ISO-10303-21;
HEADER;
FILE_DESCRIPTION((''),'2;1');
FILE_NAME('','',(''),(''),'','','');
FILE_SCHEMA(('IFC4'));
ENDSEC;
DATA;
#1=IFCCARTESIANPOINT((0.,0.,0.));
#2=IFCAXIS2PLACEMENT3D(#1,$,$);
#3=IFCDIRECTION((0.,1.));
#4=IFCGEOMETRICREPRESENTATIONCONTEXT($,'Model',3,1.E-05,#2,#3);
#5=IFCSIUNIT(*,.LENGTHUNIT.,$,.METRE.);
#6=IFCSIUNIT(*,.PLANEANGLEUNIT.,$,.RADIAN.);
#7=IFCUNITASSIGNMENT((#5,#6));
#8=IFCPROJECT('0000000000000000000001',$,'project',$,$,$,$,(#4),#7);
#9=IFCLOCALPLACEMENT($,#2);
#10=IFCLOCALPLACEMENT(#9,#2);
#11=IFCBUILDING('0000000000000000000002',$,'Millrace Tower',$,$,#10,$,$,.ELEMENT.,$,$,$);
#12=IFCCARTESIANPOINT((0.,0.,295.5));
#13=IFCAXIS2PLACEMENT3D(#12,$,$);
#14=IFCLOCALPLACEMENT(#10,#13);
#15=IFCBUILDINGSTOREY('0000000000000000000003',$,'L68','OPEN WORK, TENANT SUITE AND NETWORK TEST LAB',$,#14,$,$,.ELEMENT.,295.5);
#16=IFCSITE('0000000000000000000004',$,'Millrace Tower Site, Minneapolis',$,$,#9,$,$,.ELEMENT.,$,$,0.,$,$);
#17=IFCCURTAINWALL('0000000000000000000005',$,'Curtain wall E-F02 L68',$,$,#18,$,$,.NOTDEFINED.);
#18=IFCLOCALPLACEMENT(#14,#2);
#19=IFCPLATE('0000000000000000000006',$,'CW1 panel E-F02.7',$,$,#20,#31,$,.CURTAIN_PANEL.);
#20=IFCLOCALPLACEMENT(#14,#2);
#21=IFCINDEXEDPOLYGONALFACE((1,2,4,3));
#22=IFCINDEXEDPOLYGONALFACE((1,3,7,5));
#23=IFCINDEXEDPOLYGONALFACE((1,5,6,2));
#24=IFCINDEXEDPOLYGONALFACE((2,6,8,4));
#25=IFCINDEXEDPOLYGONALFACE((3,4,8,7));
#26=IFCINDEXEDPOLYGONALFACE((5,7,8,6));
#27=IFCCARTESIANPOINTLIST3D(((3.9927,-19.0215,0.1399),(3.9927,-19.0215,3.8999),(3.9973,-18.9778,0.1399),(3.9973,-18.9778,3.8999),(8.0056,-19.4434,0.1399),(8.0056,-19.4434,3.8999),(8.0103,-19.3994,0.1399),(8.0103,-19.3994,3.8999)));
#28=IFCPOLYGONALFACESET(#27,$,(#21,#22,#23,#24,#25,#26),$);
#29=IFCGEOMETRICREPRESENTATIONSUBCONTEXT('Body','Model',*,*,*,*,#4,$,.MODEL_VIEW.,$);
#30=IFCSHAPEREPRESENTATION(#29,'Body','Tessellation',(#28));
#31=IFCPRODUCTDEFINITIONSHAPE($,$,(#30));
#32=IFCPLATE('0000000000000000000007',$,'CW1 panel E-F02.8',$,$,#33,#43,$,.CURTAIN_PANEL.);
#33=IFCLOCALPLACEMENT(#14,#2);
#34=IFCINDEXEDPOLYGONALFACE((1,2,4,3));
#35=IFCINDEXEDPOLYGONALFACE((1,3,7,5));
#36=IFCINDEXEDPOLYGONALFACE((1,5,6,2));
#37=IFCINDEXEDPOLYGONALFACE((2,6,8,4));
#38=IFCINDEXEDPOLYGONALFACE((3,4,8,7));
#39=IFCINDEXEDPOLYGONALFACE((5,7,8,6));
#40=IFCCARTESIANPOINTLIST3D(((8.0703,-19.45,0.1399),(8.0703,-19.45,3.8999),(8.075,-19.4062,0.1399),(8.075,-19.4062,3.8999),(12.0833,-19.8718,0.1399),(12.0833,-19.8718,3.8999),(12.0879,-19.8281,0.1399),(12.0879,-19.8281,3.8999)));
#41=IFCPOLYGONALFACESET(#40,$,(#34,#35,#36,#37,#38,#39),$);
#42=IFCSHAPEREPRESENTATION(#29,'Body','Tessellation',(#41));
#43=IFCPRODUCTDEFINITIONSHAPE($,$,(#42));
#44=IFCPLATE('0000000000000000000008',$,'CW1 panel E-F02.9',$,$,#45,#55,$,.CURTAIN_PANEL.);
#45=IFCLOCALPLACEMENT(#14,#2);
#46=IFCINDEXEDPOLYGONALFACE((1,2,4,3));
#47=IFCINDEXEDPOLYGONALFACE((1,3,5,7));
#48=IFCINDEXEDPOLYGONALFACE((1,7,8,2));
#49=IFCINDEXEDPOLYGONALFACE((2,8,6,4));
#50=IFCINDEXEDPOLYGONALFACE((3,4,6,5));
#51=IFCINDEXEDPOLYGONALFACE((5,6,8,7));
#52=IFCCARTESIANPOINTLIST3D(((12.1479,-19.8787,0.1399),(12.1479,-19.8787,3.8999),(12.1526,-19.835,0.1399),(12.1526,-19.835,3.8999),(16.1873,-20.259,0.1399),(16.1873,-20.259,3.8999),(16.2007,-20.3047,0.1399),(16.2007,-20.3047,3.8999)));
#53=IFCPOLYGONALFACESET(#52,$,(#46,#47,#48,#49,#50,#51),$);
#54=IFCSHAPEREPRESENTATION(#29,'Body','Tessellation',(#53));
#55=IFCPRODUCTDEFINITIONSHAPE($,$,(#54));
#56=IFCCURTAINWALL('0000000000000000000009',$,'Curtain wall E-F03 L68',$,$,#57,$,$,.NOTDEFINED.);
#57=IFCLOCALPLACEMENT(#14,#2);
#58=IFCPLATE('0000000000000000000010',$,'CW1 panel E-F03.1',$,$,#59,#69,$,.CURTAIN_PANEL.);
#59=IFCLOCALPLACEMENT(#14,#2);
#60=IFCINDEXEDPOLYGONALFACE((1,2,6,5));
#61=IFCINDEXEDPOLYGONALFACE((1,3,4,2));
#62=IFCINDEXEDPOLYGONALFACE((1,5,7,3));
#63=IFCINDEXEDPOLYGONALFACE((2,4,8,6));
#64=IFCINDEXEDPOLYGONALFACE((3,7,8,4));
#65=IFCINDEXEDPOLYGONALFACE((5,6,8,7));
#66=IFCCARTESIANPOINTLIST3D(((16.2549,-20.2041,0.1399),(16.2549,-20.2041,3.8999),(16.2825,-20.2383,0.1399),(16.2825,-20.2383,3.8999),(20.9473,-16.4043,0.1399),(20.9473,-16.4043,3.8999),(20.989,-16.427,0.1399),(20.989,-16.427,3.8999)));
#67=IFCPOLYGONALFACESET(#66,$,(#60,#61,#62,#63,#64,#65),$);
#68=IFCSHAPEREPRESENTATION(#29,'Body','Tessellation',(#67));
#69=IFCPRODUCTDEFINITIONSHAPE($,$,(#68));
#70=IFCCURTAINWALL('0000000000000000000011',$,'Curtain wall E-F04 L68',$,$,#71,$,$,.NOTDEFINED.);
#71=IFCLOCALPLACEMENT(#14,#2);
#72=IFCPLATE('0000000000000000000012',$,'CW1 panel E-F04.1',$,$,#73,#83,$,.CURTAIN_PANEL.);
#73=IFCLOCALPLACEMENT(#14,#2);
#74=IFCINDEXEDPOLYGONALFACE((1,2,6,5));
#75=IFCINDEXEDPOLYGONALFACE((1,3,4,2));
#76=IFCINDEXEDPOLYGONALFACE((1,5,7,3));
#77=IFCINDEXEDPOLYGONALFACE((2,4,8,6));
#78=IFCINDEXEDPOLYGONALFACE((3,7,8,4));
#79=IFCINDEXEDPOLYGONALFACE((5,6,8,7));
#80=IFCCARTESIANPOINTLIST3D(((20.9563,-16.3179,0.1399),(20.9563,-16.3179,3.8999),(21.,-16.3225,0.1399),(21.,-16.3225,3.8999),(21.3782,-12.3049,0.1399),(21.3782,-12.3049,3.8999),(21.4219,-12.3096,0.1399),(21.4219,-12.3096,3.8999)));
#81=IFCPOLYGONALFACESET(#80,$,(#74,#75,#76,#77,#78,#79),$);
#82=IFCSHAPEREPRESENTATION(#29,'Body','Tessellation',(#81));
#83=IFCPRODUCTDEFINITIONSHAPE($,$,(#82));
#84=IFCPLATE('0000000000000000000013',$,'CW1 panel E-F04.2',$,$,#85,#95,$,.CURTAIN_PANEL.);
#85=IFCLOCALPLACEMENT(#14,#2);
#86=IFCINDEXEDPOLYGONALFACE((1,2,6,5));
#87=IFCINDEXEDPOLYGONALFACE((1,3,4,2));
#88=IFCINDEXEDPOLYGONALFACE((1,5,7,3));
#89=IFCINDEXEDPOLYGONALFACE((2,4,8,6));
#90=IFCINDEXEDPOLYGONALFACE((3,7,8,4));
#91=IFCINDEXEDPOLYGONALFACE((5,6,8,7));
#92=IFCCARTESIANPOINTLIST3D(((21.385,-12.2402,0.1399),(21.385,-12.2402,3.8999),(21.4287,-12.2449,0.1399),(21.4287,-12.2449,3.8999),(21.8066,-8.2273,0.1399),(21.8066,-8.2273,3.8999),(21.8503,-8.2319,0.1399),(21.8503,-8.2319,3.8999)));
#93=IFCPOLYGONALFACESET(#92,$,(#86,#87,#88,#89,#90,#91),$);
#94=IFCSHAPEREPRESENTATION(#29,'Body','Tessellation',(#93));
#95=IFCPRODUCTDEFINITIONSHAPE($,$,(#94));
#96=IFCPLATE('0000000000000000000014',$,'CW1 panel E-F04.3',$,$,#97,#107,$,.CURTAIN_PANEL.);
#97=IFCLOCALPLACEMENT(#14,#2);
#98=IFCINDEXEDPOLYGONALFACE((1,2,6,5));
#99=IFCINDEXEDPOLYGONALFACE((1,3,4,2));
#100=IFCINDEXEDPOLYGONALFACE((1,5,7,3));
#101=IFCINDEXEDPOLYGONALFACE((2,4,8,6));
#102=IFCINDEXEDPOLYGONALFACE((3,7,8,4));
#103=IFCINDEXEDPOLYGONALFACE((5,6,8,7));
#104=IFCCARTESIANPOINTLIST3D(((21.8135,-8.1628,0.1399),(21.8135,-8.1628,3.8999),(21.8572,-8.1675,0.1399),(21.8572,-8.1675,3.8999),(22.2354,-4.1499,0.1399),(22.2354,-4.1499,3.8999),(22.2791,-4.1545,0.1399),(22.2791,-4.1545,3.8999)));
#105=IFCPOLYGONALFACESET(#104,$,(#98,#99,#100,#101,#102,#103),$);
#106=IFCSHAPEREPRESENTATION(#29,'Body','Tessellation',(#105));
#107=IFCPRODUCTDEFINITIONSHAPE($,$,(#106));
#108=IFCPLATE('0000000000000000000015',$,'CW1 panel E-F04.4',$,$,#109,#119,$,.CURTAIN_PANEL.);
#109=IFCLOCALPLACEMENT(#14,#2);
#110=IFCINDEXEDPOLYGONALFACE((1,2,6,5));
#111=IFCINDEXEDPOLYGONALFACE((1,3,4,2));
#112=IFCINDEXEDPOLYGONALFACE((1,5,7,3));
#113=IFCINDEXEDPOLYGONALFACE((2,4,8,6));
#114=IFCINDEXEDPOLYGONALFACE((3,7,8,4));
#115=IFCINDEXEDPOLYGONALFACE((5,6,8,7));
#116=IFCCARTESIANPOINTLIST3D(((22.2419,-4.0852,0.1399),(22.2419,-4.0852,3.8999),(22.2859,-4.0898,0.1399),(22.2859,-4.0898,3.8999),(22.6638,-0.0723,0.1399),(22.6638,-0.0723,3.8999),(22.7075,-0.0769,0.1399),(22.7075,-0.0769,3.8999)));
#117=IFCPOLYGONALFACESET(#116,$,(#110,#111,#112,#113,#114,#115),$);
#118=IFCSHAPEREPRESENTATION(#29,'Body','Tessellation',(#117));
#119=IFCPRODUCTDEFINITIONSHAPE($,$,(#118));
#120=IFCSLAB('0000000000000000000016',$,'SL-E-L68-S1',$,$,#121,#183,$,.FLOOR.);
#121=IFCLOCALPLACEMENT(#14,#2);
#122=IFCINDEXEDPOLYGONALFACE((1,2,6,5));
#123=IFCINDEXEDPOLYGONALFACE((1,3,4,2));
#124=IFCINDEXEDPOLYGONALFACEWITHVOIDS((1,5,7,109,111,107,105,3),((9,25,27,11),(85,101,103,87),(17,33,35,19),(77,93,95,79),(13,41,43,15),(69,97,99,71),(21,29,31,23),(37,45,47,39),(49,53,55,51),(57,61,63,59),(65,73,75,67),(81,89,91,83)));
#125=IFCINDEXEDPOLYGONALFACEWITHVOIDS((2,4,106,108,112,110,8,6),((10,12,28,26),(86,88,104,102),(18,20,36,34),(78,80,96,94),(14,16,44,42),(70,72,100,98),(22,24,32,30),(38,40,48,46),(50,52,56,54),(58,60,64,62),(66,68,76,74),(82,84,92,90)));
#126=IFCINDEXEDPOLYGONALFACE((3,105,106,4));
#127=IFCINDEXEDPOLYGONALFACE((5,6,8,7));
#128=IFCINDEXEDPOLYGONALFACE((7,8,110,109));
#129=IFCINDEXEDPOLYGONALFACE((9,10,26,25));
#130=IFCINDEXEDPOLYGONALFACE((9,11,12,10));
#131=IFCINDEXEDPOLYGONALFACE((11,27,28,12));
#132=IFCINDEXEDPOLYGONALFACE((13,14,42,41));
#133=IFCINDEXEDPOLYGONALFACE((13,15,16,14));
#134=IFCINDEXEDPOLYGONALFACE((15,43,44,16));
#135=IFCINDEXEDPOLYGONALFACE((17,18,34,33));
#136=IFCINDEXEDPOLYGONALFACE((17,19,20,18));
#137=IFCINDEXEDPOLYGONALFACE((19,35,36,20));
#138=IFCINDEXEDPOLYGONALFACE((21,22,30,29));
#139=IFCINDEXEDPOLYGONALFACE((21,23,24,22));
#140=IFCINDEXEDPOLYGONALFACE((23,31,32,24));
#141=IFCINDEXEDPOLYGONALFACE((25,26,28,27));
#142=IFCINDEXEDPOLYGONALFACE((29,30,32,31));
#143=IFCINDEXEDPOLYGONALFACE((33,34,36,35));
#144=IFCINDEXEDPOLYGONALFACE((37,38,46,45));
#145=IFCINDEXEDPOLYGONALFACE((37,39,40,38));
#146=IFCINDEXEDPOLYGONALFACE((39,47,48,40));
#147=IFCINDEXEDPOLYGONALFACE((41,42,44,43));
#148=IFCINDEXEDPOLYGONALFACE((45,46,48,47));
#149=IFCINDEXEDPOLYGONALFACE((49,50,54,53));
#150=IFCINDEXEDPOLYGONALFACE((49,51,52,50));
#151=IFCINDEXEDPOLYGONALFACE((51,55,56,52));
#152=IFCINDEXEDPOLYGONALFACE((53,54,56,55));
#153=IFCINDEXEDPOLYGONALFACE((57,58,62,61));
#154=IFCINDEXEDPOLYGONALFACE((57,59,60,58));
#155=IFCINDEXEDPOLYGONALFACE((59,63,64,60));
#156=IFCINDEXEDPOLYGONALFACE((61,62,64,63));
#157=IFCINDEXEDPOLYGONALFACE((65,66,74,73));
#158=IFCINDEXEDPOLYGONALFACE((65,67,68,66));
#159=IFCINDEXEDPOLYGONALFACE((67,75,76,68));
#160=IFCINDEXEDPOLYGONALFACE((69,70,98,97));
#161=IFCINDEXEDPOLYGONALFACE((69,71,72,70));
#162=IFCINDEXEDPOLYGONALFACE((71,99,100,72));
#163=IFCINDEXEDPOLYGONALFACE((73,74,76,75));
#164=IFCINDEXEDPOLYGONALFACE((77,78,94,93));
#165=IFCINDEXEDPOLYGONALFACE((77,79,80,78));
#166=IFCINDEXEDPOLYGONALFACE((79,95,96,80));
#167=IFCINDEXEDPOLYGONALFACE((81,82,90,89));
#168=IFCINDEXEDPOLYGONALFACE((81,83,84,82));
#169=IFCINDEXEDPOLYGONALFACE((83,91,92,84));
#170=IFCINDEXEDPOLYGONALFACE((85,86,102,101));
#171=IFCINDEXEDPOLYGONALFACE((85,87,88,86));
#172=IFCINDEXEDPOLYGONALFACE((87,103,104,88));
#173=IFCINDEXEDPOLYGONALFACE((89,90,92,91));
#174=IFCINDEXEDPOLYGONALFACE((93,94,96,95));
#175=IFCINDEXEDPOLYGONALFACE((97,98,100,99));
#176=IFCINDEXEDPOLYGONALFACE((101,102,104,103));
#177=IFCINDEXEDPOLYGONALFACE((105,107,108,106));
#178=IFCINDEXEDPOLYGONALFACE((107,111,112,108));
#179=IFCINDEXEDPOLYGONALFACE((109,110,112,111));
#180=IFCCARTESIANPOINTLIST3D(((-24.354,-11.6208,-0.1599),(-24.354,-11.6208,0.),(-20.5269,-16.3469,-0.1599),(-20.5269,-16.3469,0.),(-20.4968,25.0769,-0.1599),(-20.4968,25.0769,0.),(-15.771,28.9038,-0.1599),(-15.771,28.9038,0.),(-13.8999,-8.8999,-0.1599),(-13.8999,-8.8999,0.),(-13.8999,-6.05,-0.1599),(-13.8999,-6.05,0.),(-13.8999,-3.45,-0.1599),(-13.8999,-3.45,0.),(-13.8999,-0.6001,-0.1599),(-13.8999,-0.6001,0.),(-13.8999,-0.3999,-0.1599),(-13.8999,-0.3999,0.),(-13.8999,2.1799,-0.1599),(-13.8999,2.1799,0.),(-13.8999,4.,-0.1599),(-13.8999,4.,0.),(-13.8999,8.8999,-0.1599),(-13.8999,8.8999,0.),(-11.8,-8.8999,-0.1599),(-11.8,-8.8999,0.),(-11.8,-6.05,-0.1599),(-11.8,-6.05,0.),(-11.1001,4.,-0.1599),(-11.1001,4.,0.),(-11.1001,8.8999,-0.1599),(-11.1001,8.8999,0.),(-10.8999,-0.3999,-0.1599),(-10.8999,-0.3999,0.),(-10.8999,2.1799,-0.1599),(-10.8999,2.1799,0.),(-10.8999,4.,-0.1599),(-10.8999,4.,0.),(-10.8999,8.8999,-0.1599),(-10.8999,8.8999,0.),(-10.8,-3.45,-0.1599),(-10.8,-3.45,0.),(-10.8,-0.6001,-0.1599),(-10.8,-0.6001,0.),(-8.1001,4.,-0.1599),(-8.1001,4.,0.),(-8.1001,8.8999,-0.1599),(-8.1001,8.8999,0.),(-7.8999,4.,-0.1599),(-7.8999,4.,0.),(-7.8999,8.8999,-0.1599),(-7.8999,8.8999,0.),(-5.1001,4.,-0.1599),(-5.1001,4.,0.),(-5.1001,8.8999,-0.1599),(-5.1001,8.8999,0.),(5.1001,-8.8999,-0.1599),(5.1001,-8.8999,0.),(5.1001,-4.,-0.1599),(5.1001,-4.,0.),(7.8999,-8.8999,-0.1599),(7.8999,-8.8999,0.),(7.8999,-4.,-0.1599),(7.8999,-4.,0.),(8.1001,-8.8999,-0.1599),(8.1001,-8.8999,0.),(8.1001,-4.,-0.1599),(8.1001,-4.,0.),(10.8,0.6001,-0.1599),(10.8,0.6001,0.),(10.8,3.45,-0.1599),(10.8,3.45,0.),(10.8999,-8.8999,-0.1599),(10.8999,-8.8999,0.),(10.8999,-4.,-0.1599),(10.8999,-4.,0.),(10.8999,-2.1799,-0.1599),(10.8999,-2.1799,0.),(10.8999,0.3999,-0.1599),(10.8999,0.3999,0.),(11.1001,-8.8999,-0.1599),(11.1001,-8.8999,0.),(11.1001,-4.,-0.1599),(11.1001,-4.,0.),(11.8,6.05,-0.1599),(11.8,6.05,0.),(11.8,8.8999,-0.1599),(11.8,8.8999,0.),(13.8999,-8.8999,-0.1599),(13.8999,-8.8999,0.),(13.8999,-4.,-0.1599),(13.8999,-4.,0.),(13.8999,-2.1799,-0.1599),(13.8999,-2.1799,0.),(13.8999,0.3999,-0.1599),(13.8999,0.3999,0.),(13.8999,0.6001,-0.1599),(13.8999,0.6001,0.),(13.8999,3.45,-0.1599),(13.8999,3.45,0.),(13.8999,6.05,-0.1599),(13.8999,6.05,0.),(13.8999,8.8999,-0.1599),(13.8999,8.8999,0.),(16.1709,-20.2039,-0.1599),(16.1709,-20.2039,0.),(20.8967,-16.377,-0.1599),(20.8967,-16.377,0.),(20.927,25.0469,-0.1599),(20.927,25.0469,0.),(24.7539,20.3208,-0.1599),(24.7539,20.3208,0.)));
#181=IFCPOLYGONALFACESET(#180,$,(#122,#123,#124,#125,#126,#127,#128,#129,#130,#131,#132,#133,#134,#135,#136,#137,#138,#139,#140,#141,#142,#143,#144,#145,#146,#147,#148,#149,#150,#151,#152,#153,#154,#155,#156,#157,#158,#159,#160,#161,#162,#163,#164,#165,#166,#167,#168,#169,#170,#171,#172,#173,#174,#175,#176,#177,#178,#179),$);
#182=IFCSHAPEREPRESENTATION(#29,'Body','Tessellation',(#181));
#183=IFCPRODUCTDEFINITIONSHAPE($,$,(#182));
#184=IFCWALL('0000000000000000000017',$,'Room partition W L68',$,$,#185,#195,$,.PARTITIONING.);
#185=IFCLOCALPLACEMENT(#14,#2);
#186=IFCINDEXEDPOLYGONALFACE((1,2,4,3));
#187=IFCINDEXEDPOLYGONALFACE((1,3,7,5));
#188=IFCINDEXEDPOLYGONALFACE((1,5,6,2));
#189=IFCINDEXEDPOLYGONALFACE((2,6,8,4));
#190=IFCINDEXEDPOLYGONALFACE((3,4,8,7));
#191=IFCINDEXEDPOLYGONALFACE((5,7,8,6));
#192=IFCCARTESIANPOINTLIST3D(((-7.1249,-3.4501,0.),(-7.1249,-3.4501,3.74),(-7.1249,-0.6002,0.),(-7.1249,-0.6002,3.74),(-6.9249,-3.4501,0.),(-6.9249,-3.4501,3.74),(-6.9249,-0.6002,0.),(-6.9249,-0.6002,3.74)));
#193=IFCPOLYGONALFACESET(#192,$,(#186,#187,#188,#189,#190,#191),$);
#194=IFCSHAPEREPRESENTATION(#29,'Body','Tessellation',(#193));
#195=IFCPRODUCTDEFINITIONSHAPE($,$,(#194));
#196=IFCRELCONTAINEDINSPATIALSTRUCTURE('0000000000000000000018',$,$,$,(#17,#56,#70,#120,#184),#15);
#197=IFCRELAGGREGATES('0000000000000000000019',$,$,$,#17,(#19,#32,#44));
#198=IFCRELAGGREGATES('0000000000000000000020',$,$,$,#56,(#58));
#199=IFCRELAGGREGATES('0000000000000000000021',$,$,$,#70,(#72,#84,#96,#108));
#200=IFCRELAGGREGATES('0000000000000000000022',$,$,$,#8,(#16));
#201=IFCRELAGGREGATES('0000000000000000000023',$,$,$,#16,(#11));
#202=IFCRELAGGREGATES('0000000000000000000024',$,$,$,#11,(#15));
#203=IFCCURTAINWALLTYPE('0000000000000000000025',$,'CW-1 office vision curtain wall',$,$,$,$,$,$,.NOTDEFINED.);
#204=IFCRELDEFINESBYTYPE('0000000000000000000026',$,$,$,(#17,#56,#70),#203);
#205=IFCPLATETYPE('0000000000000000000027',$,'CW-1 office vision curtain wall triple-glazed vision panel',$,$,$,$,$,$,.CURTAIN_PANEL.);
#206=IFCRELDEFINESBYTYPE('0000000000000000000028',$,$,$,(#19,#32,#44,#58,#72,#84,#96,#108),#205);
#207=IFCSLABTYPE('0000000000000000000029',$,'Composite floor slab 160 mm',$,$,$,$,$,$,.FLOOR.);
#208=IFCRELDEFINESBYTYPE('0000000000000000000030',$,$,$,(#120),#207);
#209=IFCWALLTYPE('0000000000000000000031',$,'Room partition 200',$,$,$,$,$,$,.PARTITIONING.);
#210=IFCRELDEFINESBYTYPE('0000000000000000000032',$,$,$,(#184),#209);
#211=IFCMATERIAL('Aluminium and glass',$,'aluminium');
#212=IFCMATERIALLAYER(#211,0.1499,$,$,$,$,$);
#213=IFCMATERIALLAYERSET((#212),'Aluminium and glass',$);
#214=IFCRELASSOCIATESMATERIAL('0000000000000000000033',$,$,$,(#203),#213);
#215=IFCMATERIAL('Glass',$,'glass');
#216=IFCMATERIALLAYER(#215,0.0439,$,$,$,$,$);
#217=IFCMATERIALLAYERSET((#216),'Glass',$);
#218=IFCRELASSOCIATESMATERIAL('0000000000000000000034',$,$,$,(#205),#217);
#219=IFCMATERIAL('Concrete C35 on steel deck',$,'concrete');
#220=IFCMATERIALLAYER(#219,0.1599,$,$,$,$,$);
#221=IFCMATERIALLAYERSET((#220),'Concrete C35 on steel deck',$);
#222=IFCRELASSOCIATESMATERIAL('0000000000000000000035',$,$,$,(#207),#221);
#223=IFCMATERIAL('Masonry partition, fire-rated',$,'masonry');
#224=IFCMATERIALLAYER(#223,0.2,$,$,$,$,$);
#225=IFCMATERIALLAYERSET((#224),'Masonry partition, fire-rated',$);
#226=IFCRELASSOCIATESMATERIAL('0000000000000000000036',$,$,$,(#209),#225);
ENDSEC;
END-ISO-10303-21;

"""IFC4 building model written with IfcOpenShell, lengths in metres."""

from ifc_helpers import new_model, si_unit, direction, frame, frame_2d, origin, place, context, subcontext, project, spatial, polyline, rectangle, outline, extrude, material, layer, layer_set, type_object, element, aggregate, save


model = new_model("IFC4")

# Units and contexts
model_context = context("Model", 3, precision=1e-05, world=origin(), true_north=direction((0.0, 1.0)))
body_context = subcontext(model_context, "Body", "Model", "MODEL_VIEW")
ifc_project = project(units=[si_unit("LENGTHUNIT", "METRE"), si_unit("PLANEANGLEUNIT", "RADIAN")], contexts=[model_context])

# Site, building, storey
site_placement = place(None, origin())
site = spatial("IfcSite", under=ifc_project, at=site_placement, Name="Millrace Tower Site, Minneapolis", CompositionType="ELEMENT", RefElevation=0.0)
building_placement = place(site_placement, origin())
building = spatial("IfcBuilding", under=site, at=building_placement, Name="Millrace Tower", CompositionType="ELEMENT")
storey_placement = place(building_placement, frame((0.0, 0.0, 295.5)))
storey = spatial("IfcBuildingStorey", under=building, at=storey_placement, Name="L68", Description="OPEN WORK, TENANT SUITE AND NETWORK TEST LAB", CompositionType="ELEMENT", Elevation=295.5)

# Shared definitions
ifc_material_1 = material(Name="Aluminium and glass", Category="aluminium")
ifc_layer_1 = layer(ifc_material_1, 0.1499)
ifc_layer_set_1 = layer_set([ifc_layer_1], Name="Aluminium and glass")
curtain_wall_type = type_object("IfcCurtainWallType", Name="CW-1 office vision curtain wall", PredefinedType="NOTDEFINED", material=ifc_layer_set_1)
placement_1 = place(storey_placement, origin())
ifc_material_2 = material(Name="Glass", Category="glass")
ifc_layer_2 = layer(ifc_material_2, 0.0439)
ifc_layer_set_2 = layer_set([ifc_layer_2], Name="Glass")
plate_type = type_object("IfcPlateType", Name="CW-1 office vision curtain wall triple-glazed vision panel", PredefinedType="CURTAIN_PANEL", material=ifc_layer_set_2)
placement_2 = place(storey_placement, frame((0.0, 0.0, 0.1399)))

# Curtain wall, plates
curtain_wall_1 = element("IfcCurtainWall", 1, at=placement_1, inside=storey, type_object=curtain_wall_type, Name="Curtain wall E-F02 L68", PredefinedType="NOTDEFINED")
plate_1 = element("IfcPlate", 2, at=placement_2, type_object=plate_type, Name="CW1 panel E-F02.7", PredefinedType="CURTAIN_PANEL", context=body_context, shape_type="SweptSolid", body=[
    extrude(outline(polyline([(3.9927, -19.0215), (8.0056, -19.4434), (8.0103, -19.3994), (3.9973, -18.9778), (3.9927, -19.0215)])), origin(), (0.0, 0.0, 1.0), 3.76),
])
plate_2 = element("IfcPlate", 3, at=placement_2, type_object=plate_type, Name="CW1 panel E-F02.8", PredefinedType="CURTAIN_PANEL", context=body_context, shape_type="SweptSolid", body=[
    extrude(outline(polyline([(8.0703, -19.45), (12.0833, -19.8718), (12.0879, -19.8281), (8.075, -19.4062), (8.0703, -19.45)])), origin(), (0.0, 0.0, 1.0), 3.76),
])
plate_3 = element("IfcPlate", 4, at=placement_2, type_object=plate_type, Name="CW1 panel E-F02.9", PredefinedType="CURTAIN_PANEL", context=body_context, shape_type="SweptSolid", body=[
    extrude(outline(polyline([(12.1479, -19.8787), (16.2007, -20.3047), (16.1873, -20.259), (12.1526, -19.835), (12.1479, -19.8787)])), origin(), (0.0, 0.0, 1.0), 3.76),
])
aggregate(curtain_wall_1, [plate_1, plate_2, plate_3])

# Curtain wall, plate
curtain_wall_2 = element("IfcCurtainWall", 5, at=placement_1, inside=storey, type_object=curtain_wall_type, Name="Curtain wall E-F03 L68", PredefinedType="NOTDEFINED")
plate_4 = element("IfcPlate", 6, at=placement_2, type_object=plate_type, Name="CW1 panel E-F03.1", PredefinedType="CURTAIN_PANEL", context=body_context, shape_type="SweptSolid", body=[
    extrude(outline(polyline([(16.2825, -20.2383), (20.989, -16.427), (20.9473, -16.4043), (16.2549, -20.2041), (16.2825, -20.2383)])), origin(), (0.0, 0.0, 1.0), 3.76),
])
aggregate(curtain_wall_2, [plate_4])

# Curtain wall, plates
curtain_wall_3 = element("IfcCurtainWall", 7, at=placement_1, inside=storey, type_object=curtain_wall_type, Name="Curtain wall E-F04 L68", PredefinedType="NOTDEFINED")
plate_5 = element("IfcPlate", 8, at=placement_2, type_object=plate_type, Name="CW1 panel E-F04.1", PredefinedType="CURTAIN_PANEL", context=body_context, shape_type="SweptSolid", body=[
    extrude(outline(polyline([(21.0, -16.3225), (21.4219, -12.3096), (21.3782, -12.3049), (20.9563, -16.3179), (21.0, -16.3225)])), origin(), (0.0, 0.0, 1.0), 3.76),
])
plate_6 = element("IfcPlate", 9, at=placement_2, type_object=plate_type, Name="CW1 panel E-F04.2", PredefinedType="CURTAIN_PANEL", context=body_context, shape_type="SweptSolid", body=[
    extrude(outline(polyline([(21.4287, -12.2449), (21.8503, -8.2319), (21.8066, -8.2273), (21.385, -12.2402), (21.4287, -12.2449)])), origin(), (0.0, 0.0, 1.0), 3.76),
])
plate_7 = element("IfcPlate", 10, at=placement_2, type_object=plate_type, Name="CW1 panel E-F04.3", PredefinedType="CURTAIN_PANEL", context=body_context, shape_type="SweptSolid", body=[
    extrude(outline(polyline([(21.8572, -8.1675), (22.2791, -4.1545), (22.2354, -4.1499), (21.8135, -8.1628), (21.8572, -8.1675)])), origin(), (0.0, 0.0, 1.0), 3.76),
])
plate_8 = element("IfcPlate", 11, at=placement_2, type_object=plate_type, Name="CW1 panel E-F04.4", PredefinedType="CURTAIN_PANEL", context=body_context, shape_type="SweptSolid", body=[
    extrude(outline(polyline([(22.2859, -4.0898), (22.7075, -0.0769), (22.6638, -0.0723), (22.2419, -4.0852), (22.2859, -4.0898)])), origin(), (0.0, 0.0, 1.0), 3.76),
])
aggregate(curtain_wall_3, [plate_5, plate_6, plate_7, plate_8])

# Slab
ifc_material_3 = material(Name="Concrete C35 on steel deck", Category="concrete")
ifc_layer_3 = layer(ifc_material_3, 0.1599)
ifc_layer_set_3 = layer_set([ifc_layer_3], Name="Concrete C35 on steel deck")
slab_type = type_object("IfcSlabType", Name="Composite floor slab 160 mm", PredefinedType="FLOOR", material=ifc_layer_set_3)
slab_placement = place(storey_placement, frame((0.0, 0.0, -0.1599)))
element("IfcSlab", 12, at=slab_placement, inside=storey, type_object=slab_type, Name="SL-E-L68-S1", PredefinedType="FLOOR", context=body_context, shape_type="SweptSolid", body=[
    extrude(outline(polyline([(-24.354, -11.6208), (-20.5269, -16.3469), (16.1709, -20.2039), (20.8967, -16.377), (24.7539, 20.3208), (20.927, 25.0469), (-15.771, 28.9038), (-20.4968, 25.0769), (-24.354, -11.6208)]), holes=[polyline([(-13.8999, -8.8999), (-11.8, -8.8999), (-11.8, -6.05), (-13.8999, -6.05), (-13.8999, -8.8999)]), polyline([(-13.8999, -3.45), (-10.8, -3.45), (-10.8, -0.6001), (-13.8999, -0.6001), (-13.8999, -3.45)]), polyline([(-13.8999, -0.3999), (-10.8999, -0.3999), (-10.8999, 2.1799), (-13.8999, 2.1799), (-13.8999, -0.3999)]), polyline([(-13.8999, 4.0), (-11.1001, 4.0), (-11.1001, 8.8999), (-13.8999, 8.8999), (-13.8999, 4.0)]), polyline([(-10.8999, 4.0), (-8.1001, 4.0), (-8.1001, 8.8999), (-10.8999, 8.8999), (-10.8999, 4.0)]), polyline([(-7.8999, 4.0), (-5.1001, 4.0), (-5.1001, 8.8999), (-7.8999, 8.8999), (-7.8999, 4.0)]), polyline([(11.8, 6.05), (13.8999, 6.05), (13.8999, 8.8999), (11.8, 8.8999), (11.8, 6.05)]), polyline([(10.8, 0.6001), (13.8999, 0.6001), (13.8999, 3.45), (10.8, 3.45), (10.8, 0.6001)]), polyline([(10.8999, -2.1799), (13.8999, -2.1799), (13.8999, 0.3999), (10.8999, 0.3999), (10.8999, -2.1799)]), polyline([(11.1001, -8.8999), (13.8999, -8.8999), (13.8999, -4.0), (11.1001, -4.0), (11.1001, -8.8999)]), polyline([(8.1001, -8.8999), (10.8999, -8.8999), (10.8999, -4.0), (8.1001, -4.0), (8.1001, -8.8999)]), polyline([(5.1001, -8.8999), (7.8999, -8.8999), (7.8999, -4.0), (5.1001, -4.0), (5.1001, -8.8999)])]), origin(), (0.0, 0.0, 1.0), 0.1599),
])

# Wall
ifc_material_4 = material(Name="Masonry partition, fire-rated", Category="masonry")
ifc_layer_4 = layer(ifc_material_4, 0.2)
ifc_layer_set_4 = layer_set([ifc_layer_4], Name="Masonry partition, fire-rated")
wall_type = type_object("IfcWallType", Name="Room partition 200", PredefinedType="PARTITIONING", material=ifc_layer_set_4)
wall_placement = place(storey_placement, frame((-7.0249, -3.45, 0.0), z_axis=(0.0, 0.0, 1.0), x_axis=(0.0, 1.0, 0.0)))
element("IfcWall", 13, at=wall_placement, inside=storey, type_object=wall_type, Name="Room partition W L68", PredefinedType="PARTITIONING", context=body_context, shape_type="SweptSolid", body=[
    extrude(rectangle(XDim=2.8499, YDim=0.2, at=frame_2d((1.4248, 0.0))), origin(), (0.0, 0.0, 1.0), 3.74),
])

save(model, "model.ifc")
